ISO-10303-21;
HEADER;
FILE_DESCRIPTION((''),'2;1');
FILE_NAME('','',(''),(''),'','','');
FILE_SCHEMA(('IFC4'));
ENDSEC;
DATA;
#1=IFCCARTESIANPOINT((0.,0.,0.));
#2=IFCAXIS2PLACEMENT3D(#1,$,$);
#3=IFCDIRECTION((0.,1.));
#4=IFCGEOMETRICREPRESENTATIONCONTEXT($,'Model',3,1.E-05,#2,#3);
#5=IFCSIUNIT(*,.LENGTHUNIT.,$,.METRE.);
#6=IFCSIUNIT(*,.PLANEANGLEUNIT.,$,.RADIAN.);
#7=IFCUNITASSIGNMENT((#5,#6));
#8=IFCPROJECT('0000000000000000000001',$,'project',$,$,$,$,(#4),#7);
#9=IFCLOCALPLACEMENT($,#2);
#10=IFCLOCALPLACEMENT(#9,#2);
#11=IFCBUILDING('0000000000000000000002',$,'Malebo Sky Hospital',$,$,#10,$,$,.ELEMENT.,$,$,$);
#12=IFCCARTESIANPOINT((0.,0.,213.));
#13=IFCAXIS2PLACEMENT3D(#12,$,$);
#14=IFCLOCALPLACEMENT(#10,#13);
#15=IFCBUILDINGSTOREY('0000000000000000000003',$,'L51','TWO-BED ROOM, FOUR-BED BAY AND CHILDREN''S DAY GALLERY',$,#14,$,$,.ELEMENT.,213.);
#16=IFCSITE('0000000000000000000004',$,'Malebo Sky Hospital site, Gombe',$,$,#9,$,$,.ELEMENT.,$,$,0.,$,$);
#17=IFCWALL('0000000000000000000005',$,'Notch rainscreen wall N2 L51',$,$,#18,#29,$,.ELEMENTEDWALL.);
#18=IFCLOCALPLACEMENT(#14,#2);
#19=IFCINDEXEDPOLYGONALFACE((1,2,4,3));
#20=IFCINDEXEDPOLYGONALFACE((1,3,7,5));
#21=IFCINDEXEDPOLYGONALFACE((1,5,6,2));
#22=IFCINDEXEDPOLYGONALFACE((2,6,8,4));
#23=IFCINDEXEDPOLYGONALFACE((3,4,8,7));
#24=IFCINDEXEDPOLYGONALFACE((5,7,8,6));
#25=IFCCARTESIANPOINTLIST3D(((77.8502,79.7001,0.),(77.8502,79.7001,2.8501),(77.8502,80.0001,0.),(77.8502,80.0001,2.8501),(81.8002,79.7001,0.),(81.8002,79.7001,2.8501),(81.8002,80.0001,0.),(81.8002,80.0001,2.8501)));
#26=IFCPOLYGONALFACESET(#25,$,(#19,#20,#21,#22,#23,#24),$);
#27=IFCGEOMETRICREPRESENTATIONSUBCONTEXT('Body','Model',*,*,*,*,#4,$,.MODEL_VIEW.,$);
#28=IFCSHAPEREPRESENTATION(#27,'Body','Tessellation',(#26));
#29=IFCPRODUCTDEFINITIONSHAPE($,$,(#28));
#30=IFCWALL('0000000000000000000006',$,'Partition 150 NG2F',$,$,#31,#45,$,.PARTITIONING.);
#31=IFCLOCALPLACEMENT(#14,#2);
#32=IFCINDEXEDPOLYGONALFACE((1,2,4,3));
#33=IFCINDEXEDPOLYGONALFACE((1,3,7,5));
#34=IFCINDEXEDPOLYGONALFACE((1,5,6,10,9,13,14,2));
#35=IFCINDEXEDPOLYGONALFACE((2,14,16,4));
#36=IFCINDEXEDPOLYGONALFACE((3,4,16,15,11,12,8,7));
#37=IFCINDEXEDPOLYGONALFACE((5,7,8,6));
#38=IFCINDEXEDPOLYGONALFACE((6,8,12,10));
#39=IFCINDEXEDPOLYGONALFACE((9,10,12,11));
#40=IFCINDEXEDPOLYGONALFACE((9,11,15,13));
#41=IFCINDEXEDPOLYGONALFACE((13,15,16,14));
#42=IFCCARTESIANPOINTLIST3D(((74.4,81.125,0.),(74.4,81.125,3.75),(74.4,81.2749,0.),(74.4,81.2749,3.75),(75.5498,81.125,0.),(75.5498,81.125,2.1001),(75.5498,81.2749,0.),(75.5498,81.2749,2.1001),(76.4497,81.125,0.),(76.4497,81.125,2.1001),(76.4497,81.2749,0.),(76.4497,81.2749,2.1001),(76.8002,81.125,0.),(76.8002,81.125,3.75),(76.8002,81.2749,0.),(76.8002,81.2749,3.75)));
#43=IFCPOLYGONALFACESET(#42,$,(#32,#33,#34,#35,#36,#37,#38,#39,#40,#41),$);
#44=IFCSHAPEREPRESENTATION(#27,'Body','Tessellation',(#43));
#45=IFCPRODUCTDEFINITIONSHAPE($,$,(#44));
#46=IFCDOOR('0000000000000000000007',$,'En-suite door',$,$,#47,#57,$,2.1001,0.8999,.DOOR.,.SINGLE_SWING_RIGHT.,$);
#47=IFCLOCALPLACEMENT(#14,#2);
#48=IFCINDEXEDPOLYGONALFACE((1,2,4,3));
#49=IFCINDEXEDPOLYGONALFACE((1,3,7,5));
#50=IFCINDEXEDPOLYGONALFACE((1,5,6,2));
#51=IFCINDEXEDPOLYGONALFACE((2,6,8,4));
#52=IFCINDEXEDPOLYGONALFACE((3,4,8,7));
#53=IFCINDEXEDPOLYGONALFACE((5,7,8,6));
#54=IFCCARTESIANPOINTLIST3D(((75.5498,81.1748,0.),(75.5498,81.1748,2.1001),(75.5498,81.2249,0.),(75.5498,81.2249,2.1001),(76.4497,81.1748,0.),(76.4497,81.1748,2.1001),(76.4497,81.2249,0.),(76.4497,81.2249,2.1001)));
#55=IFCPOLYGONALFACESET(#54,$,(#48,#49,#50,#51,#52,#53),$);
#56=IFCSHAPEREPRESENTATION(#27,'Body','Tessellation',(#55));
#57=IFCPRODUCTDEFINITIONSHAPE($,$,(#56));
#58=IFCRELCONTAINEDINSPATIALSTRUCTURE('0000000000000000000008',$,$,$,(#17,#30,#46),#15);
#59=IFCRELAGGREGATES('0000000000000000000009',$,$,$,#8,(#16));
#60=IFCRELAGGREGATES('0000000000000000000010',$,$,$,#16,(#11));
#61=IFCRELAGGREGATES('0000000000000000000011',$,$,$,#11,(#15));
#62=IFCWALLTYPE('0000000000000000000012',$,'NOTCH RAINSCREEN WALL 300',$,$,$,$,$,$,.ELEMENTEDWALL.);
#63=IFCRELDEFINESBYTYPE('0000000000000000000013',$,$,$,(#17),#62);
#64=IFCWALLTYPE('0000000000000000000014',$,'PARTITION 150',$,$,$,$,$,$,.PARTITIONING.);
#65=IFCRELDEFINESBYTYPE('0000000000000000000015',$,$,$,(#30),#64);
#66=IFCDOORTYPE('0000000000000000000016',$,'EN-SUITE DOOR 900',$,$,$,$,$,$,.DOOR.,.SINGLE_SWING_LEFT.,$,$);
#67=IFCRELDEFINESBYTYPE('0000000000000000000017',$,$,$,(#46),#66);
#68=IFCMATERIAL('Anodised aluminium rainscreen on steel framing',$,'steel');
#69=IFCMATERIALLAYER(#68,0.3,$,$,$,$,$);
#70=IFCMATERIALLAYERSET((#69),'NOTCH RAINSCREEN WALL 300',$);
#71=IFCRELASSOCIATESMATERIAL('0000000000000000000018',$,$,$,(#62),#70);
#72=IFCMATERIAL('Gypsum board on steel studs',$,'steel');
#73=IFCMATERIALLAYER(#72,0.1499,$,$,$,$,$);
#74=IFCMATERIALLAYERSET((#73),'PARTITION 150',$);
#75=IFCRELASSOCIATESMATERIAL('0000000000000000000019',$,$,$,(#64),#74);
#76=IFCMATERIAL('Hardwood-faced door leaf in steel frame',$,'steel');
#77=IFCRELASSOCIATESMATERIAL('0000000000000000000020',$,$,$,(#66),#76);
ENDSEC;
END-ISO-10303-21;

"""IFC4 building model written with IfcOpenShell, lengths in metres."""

from ifc_helpers import new_model, si_unit, direction, frame, frame_2d, origin, place, context, subcontext, project, spatial, rectangle, extrude, material, layer, layer_set, type_object, element, fill, save


model = new_model("IFC4")

# Units and contexts
model_context = context("Model", 3, precision=1e-05, world=origin(), true_north=direction((0.0, 1.0)))
body_context = subcontext(model_context, "Body", "Model", "MODEL_VIEW")
ifc_project = project(units=[si_unit("LENGTHUNIT", "METRE"), si_unit("PLANEANGLEUNIT", "RADIAN")], contexts=[model_context])

# Site, building, storey
site_placement = place(None, origin())
site = spatial("IfcSite", under=ifc_project, at=site_placement, Name="Malebo Sky Hospital site, Gombe", CompositionType="ELEMENT", RefElevation=0.0)
building_placement = place(site_placement, origin())
building = spatial("IfcBuilding", under=site, at=building_placement, Name="Malebo Sky Hospital", CompositionType="ELEMENT")
storey_placement = place(building_placement, frame((0.0, 0.0, 213.0)))
storey = spatial("IfcBuildingStorey", under=building, at=storey_placement, Name="L51", Description="TWO-BED ROOM, FOUR-BED BAY AND CHILDREN'S DAY GALLERY", CompositionType="ELEMENT", Elevation=213.0)

# Wall
ifc_material_1 = material(Name="Anodised aluminium rainscreen on steel framing", Category="steel")
ifc_layer_1 = layer(ifc_material_1, 0.3)
ifc_layer_set_1 = layer_set([ifc_layer_1], Name="NOTCH RAINSCREEN WALL 300")
wall_type_1 = type_object("IfcWallType", Name="NOTCH RAINSCREEN WALL 300", PredefinedType="ELEMENTEDWALL", material=ifc_layer_set_1)
for number, where, z_axis, x_axis, name in (
    (1, (77.8501, 79.8501, 0.0), (0.0, 0.0, 1.0), (1.0, 0.0, 0.0), "Notch rainscreen wall N2 L51"),
):
    element("IfcWall", number, at=place(storey_placement, frame(where, z_axis=z_axis, x_axis=x_axis)), inside=storey, type_object=wall_type_1, Name=name, PredefinedType="ELEMENTEDWALL", context=body_context, shape_type="SweptSolid", body=[
        extrude(rectangle(XDim=3.95, YDim=0.3, at=frame_2d((1.9751, 0.0))), origin(), (0.0, 0.0, 1.0), 2.8501),
    ])

# Wall, opening, door
ifc_material_2 = material(Name="Gypsum board on steel studs", Category="steel")
ifc_layer_2 = layer(ifc_material_2, 0.1499)
ifc_layer_set_2 = layer_set([ifc_layer_2], Name="PARTITION 150")
wall_type_2 = type_object("IfcWallType", Name="PARTITION 150", PredefinedType="PARTITIONING", material=ifc_layer_set_2)
wall_placement = place(storey_placement, frame((74.3999, 81.2, 0.0), z_axis=(0.0, 0.0, 1.0), x_axis=(1.0, 0.0, 0.0)))
wall = element("IfcWall", 2, at=wall_placement, inside=storey, type_object=wall_type_2, Name="Partition 150 NG2F", PredefinedType="PARTITIONING", context=body_context, shape_type="SweptSolid", body=[
    extrude(rectangle(XDim=2.4001, YDim=0.1499, at=frame_2d((1.2002, 0.0))), origin(), (0.0, 0.0, 1.0), 3.75),
])
opening_placement = place(wall_placement, frame((1.1499, 0.0, 0.0)))
opening = element("IfcOpeningElement", 3, at=opening_placement, cuts=wall, PredefinedType="OPENING", context=body_context, shape_type="SweptSolid", body=[
    extrude(rectangle(XDim=0.8999, YDim=2.1001, at=frame_2d((0.45, 1.05))), frame((0.0, 0.085, 0.0), z_axis=(0.0, -1.0, 0.0), x_axis=(1.0, 0.0, 0.0)), (0.0, 0.0, 1.0), 0.1699),
])
ifc_material_3 = material(Name="Hardwood-faced door leaf in steel frame", Category="steel")
door_type = type_object("IfcDoorType", Name="EN-SUITE DOOR 900", OperationType="SINGLE_SWING_LEFT", PredefinedType="DOOR", material=ifc_material_3)
door_placement = place(opening_placement, origin())
door = element("IfcDoor", 4, at=door_placement, inside=storey, type_object=door_type, Name="En-suite door", OperationType="SINGLE_SWING_RIGHT", OverallHeight=2.1001, OverallWidth=0.8999, PredefinedType="DOOR", context=body_context, shape_type="SweptSolid", body=[
    extrude(rectangle(XDim=0.8999, YDim=2.1001, at=frame_2d((0.45, 1.05))), frame((0.0, 0.0249, 0.0), z_axis=(0.0, -1.0, 0.0), x_axis=(1.0, 0.0, 0.0)), (0.0, 0.0, 1.0), 0.05),
])
fill(opening, door)

save(model, "model.ifc")
